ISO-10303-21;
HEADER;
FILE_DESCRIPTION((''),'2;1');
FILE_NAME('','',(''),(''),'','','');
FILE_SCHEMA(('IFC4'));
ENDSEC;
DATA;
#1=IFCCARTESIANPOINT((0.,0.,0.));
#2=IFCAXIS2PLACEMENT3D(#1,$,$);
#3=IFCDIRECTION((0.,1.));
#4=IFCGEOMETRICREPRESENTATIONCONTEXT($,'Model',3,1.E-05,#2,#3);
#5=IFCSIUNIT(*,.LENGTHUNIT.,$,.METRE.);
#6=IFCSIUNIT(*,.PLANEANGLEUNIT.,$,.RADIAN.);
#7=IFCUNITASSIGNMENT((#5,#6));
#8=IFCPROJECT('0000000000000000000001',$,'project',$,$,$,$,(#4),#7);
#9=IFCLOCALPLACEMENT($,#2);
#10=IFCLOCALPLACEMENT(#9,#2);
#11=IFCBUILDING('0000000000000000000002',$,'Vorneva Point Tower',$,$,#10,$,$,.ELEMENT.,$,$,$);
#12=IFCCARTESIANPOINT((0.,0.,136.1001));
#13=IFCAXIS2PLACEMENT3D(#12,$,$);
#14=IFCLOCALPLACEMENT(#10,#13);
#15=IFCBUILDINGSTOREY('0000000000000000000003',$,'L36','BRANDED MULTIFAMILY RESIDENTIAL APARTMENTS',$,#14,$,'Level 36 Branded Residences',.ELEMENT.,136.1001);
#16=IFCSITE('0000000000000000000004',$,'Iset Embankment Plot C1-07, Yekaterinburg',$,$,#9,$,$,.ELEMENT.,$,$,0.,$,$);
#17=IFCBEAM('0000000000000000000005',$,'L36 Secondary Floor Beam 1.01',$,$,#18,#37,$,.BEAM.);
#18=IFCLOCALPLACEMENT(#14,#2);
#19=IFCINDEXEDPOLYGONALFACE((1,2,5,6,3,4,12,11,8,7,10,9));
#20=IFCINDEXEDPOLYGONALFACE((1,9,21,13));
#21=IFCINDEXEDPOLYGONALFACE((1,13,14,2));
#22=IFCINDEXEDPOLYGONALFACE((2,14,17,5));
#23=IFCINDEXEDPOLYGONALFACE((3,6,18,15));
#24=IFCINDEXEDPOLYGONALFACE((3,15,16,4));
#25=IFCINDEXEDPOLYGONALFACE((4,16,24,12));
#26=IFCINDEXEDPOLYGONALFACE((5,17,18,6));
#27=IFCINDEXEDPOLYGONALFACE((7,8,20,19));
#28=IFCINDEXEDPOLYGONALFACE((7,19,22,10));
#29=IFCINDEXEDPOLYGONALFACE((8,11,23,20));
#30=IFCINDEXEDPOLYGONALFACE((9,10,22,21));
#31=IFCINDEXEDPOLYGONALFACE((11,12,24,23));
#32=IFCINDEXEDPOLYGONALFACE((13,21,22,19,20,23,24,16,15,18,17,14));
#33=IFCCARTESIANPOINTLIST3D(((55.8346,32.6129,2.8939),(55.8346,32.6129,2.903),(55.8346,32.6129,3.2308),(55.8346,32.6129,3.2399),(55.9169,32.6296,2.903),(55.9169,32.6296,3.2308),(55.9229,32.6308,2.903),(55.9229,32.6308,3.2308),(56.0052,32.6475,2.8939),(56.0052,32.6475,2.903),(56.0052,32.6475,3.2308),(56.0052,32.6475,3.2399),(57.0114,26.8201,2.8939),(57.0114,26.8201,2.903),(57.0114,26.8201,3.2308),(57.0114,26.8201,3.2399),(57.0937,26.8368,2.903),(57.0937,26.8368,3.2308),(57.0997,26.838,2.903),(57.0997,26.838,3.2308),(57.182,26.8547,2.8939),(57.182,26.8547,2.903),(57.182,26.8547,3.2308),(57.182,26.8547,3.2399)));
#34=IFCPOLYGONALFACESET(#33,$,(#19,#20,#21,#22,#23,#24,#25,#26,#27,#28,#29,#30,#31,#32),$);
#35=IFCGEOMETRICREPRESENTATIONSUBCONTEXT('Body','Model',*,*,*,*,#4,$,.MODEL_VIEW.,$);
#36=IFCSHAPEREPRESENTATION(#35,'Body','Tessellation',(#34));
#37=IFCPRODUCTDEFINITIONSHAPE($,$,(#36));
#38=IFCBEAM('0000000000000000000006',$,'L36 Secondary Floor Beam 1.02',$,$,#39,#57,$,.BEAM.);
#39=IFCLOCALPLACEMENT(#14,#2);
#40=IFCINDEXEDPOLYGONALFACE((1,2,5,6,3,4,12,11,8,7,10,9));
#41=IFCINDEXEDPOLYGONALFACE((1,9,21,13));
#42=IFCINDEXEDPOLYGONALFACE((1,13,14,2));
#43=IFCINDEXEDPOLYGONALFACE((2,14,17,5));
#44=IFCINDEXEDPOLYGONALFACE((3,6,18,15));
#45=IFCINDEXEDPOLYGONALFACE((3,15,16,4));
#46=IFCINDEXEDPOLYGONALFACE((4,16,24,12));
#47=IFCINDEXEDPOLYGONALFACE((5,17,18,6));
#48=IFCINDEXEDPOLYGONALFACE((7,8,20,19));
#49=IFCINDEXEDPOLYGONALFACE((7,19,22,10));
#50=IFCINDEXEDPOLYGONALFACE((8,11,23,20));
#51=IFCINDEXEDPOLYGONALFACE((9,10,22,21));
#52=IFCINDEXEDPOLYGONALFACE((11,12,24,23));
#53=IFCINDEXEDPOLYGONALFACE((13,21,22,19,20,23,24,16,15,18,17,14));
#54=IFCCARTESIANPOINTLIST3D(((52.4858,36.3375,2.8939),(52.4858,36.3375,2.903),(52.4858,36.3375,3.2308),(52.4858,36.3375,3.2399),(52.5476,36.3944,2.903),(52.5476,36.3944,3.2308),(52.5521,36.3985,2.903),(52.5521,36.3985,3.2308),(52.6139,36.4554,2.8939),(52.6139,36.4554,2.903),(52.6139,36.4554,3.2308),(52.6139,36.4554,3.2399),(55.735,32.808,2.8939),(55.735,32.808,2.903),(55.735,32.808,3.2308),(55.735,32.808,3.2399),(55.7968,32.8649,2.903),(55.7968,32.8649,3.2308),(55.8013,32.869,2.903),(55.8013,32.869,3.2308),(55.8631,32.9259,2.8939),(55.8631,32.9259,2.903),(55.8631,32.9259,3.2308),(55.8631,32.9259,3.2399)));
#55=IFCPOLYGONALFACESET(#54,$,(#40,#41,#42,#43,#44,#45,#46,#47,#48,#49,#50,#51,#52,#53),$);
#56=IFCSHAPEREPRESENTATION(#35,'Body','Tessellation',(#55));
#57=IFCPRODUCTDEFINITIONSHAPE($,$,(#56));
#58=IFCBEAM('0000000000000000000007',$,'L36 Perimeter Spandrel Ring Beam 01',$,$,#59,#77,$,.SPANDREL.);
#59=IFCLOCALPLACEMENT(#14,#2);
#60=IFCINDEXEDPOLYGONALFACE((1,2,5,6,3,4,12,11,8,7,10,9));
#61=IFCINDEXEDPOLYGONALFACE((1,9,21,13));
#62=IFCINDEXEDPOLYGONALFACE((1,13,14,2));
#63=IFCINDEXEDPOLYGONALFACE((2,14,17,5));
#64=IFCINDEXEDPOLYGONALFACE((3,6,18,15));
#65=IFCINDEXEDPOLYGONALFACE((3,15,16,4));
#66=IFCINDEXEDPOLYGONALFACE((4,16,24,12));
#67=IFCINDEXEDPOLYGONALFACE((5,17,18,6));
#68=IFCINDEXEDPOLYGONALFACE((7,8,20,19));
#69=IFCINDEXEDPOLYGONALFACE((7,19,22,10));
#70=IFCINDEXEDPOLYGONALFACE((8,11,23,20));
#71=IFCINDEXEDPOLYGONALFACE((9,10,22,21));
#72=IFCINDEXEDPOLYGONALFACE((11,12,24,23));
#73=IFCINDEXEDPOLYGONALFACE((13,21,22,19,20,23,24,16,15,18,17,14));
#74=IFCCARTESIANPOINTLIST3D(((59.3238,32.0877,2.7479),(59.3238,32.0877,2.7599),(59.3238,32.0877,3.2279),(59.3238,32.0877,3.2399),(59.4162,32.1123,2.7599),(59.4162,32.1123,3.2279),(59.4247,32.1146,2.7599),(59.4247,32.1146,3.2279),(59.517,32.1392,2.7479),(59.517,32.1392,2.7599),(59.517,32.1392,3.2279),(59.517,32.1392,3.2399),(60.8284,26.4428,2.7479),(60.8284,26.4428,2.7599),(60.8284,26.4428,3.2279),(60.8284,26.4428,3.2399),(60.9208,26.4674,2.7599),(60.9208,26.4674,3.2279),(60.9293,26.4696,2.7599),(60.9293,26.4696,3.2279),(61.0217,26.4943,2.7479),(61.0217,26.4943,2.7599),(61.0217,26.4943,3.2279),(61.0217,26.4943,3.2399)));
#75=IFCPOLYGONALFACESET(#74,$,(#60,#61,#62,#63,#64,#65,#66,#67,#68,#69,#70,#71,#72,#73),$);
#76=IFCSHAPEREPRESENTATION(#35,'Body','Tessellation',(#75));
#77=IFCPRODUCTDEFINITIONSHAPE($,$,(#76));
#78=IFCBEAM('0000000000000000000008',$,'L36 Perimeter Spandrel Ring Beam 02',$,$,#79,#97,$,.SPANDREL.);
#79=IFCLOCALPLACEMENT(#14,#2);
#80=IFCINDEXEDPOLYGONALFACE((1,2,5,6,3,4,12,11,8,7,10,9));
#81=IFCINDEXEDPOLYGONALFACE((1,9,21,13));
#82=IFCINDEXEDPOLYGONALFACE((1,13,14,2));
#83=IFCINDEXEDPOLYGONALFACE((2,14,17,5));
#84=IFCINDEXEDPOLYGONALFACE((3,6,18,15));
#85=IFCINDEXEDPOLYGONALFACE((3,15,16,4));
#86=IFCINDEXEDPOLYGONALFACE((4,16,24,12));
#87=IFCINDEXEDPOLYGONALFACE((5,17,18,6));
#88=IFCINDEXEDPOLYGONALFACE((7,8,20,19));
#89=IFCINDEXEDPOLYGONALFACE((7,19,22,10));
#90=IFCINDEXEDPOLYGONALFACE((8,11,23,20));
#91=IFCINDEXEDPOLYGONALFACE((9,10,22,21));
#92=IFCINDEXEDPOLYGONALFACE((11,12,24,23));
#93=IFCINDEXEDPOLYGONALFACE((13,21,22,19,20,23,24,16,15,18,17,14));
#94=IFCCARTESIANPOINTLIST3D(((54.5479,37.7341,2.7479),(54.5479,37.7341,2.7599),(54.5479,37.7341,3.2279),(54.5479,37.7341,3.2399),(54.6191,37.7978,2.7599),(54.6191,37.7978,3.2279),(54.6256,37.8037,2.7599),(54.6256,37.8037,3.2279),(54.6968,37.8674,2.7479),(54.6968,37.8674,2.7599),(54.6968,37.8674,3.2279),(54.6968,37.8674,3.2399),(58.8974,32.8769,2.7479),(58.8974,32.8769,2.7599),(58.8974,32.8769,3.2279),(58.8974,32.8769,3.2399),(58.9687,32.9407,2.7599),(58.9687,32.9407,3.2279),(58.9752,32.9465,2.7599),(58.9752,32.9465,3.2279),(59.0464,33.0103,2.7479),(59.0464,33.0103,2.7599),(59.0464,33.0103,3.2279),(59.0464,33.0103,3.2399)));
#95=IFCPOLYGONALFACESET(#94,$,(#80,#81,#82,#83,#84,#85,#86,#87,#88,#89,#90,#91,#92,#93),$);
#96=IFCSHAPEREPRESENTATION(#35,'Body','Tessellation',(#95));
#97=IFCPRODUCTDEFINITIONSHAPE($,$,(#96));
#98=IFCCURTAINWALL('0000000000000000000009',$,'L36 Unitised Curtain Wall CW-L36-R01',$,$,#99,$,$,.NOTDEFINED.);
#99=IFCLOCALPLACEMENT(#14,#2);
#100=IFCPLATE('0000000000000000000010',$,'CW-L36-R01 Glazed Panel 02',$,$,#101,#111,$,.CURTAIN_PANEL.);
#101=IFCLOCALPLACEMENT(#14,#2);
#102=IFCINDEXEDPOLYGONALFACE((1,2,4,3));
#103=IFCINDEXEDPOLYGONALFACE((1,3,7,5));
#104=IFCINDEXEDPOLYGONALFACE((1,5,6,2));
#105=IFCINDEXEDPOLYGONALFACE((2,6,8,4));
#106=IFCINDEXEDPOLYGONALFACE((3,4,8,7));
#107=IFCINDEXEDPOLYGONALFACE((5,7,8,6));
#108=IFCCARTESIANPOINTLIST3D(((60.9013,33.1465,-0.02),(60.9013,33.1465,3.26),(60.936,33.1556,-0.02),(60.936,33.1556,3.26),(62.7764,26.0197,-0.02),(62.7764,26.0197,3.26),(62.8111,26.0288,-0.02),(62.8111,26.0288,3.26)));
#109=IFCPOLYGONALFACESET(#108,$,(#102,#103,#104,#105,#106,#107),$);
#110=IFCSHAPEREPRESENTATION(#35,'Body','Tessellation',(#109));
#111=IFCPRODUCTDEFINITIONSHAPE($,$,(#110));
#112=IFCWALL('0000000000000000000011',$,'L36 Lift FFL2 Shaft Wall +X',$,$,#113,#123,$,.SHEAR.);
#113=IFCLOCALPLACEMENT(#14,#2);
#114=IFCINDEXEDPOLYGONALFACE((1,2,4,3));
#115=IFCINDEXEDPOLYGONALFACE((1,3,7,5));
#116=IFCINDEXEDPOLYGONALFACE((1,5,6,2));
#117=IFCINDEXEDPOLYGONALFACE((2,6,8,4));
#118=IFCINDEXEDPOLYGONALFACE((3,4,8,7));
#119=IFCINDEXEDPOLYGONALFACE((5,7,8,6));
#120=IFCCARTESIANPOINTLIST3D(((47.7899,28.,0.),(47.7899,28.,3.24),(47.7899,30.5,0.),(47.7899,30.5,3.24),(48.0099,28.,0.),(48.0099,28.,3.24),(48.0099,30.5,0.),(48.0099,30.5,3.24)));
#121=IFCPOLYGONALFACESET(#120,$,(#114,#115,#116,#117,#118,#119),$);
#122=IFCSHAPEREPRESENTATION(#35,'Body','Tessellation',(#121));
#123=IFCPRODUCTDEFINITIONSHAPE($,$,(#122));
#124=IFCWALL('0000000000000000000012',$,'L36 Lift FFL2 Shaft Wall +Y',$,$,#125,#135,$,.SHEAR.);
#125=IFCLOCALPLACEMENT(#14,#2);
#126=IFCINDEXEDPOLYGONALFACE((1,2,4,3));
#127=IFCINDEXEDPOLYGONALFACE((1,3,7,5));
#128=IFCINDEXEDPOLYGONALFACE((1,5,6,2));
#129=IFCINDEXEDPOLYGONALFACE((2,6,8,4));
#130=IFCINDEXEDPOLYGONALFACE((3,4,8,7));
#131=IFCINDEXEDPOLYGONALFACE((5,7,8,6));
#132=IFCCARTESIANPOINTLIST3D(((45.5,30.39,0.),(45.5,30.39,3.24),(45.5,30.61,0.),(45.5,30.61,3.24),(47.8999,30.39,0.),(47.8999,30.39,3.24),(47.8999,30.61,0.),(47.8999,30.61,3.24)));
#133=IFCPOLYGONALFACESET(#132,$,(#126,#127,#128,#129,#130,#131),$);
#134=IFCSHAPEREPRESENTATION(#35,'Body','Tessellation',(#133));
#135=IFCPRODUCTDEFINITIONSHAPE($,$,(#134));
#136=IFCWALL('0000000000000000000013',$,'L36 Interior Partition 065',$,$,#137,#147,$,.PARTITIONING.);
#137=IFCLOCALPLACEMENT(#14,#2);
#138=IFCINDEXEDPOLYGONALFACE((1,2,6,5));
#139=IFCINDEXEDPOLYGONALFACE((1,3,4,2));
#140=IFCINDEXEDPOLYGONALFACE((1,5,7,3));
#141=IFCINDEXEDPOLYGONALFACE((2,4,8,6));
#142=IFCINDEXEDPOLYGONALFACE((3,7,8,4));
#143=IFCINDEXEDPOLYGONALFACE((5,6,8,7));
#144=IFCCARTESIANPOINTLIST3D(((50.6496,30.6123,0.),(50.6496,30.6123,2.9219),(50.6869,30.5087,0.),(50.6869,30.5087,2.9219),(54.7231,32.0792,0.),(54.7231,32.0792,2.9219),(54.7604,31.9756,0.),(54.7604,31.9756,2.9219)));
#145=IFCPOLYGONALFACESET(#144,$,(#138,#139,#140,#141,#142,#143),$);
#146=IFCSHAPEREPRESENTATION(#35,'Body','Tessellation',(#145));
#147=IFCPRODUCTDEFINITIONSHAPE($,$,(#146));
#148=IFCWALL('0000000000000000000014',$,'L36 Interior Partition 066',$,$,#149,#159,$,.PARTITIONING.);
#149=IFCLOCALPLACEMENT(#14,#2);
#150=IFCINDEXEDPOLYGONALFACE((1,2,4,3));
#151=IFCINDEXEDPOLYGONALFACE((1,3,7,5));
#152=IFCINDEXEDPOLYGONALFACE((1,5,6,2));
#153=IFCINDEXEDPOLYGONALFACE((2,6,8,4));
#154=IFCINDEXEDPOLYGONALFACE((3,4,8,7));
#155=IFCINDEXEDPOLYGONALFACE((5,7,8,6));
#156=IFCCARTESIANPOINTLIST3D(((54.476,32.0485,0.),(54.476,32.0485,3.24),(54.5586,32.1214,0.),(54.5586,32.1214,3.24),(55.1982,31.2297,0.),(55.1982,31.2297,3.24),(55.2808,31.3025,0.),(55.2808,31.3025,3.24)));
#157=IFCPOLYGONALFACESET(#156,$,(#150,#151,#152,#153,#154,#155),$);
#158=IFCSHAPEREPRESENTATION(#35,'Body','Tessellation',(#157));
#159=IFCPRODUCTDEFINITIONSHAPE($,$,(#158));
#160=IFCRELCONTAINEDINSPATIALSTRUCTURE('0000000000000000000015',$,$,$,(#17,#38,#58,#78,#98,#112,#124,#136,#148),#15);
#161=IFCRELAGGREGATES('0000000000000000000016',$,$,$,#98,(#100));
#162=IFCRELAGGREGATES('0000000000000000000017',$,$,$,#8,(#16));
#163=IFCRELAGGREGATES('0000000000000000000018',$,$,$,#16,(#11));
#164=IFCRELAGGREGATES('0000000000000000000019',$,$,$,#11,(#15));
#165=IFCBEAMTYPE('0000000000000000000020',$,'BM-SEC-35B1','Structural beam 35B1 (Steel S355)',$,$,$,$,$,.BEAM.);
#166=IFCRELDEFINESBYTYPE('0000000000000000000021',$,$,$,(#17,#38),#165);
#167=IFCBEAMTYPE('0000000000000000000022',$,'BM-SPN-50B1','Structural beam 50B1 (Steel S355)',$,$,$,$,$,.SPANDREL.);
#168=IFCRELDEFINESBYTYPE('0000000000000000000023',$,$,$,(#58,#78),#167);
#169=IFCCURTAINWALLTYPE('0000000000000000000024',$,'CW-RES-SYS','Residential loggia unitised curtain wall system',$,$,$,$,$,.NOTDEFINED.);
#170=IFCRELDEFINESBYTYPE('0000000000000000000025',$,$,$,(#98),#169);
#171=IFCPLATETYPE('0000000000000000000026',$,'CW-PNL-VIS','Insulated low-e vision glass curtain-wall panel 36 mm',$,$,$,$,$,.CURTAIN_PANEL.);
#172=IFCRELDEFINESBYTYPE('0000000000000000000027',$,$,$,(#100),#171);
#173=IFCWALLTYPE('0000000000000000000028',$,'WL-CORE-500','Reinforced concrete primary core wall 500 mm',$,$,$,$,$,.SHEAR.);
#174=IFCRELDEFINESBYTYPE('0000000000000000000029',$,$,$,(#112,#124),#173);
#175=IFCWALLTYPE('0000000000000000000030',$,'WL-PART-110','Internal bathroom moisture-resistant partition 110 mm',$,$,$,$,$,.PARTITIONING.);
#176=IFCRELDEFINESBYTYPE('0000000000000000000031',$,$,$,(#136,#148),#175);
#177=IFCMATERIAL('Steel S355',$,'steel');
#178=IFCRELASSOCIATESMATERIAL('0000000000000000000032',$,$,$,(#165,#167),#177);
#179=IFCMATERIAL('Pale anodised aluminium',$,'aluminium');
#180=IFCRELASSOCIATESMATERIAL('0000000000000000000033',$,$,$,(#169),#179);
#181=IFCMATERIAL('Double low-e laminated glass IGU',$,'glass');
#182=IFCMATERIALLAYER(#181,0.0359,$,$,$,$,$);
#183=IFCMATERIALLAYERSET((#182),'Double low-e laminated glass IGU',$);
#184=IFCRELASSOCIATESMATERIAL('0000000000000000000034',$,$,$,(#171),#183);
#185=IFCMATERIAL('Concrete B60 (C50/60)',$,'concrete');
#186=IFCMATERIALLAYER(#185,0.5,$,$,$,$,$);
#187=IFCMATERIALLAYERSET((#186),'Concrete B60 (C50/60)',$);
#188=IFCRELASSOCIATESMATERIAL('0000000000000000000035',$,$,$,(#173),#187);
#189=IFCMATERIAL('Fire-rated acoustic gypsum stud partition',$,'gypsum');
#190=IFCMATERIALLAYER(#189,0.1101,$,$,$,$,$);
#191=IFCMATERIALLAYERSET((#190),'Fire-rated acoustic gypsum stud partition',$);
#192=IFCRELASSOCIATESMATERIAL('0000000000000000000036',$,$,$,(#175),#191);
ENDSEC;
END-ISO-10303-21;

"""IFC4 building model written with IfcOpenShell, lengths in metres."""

from ifc_helpers import new_model, si_unit, direction, frame, frame_2d, origin, origin_2d, place, context, subcontext, project, spatial, rectangle, i_section, extrude, material, layer, layer_set, material_profile, profile_set, type_object, element, aggregate, save


model = new_model("IFC4")

# Units and contexts
model_context = context("Model", 3, precision=1e-05, world=origin(), true_north=direction((0.0, 1.0)))
body_context = subcontext(model_context, "Body", "Model", "MODEL_VIEW")
ifc_project = project(units=[si_unit("LENGTHUNIT", "METRE"), si_unit("PLANEANGLEUNIT", "RADIAN")], contexts=[model_context])

# Site, building, storey
site_placement = place(None, origin())
site = spatial("IfcSite", under=ifc_project, at=site_placement, Name="Iset Embankment Plot C1-07, Yekaterinburg", CompositionType="ELEMENT", RefElevation=0.0)
building_placement = place(site_placement, origin())
building = spatial("IfcBuilding", under=site, at=building_placement, Name="Vorneva Point Tower", CompositionType="ELEMENT")
storey_placement = place(building_placement, frame((0.0, 0.0, 136.1001)))
storey = spatial("IfcBuildingStorey", under=building, at=storey_placement, Name="L36", Description="BRANDED MULTIFAMILY RESIDENTIAL APARTMENTS", LongName="Level 36 Branded Residences", CompositionType="ELEMENT", Elevation=136.1001)

# Shared definitions
ifc_material_1 = material(Name="Concrete B60 (C50/60)", Category="concrete")

# Beams
ifc_material_2 = material(Name="Steel S355", Category="steel")
ifc_material_profile_1 = material_profile(ifc_material_2, i_section(OverallWidth=0.1741, OverallDepth=0.3459, WebThickness=0.0061, FlangeThickness=0.009, at=origin_2d()), Name="35B1")
ifc_profile_set_1 = profile_set([ifc_material_profile_1], Name="Steel S355")
beam_type_1 = type_object("IfcBeamType", Name="BM-SEC-35B1", Description="Structural beam 35B1 (Steel S355)", PredefinedType="BEAM", material=ifc_profile_set_1)
beam_1_placement = place(storey_placement, frame((57.0967, 26.8374, 3.0669), z_axis=(-0.199078, 0.979984, 0.0), x_axis=(-0.979984, -0.199078, 0.0)))
element("IfcBeam", 1, at=beam_1_placement, inside=storey, type_object=beam_type_1, Name="L36 Secondary Floor Beam 1.01", PredefinedType="BEAM", context=body_context, shape_type="SweptSolid", body=[
    extrude(i_section(OverallWidth=0.1741, OverallDepth=0.3459, WebThickness=0.0061, FlangeThickness=0.009, at=origin_2d()), origin(), (0.0, 0.0, 1.0), 5.9111),
])
beam_2_placement = place(storey_placement, frame((55.7991, 32.8669, 3.0669), z_axis=(-0.677292, 0.735714, 0.0), x_axis=(-0.735714, -0.677292, 0.0)))
element("IfcBeam", 2, at=beam_2_placement, inside=storey, type_object=beam_type_1, Name="L36 Secondary Floor Beam 1.02", PredefinedType="BEAM", context=body_context, shape_type="SweptSolid", body=[
    extrude(i_section(OverallWidth=0.1741, OverallDepth=0.3459, WebThickness=0.0061, FlangeThickness=0.009, at=origin_2d()), origin(), (0.0, 0.0, 1.0), 4.7974),
])
ifc_material_profile_2 = material_profile(ifc_material_2, i_section(OverallWidth=0.2, OverallDepth=0.4919, WebThickness=0.0088, FlangeThickness=0.012, at=origin_2d()), Name="50B1")
ifc_profile_set_2 = profile_set([ifc_material_profile_2], Name="Steel S355")
beam_type_2 = type_object("IfcBeamType", Name="BM-SPN-50B1", Description="Structural beam 50B1 (Steel S355)", PredefinedType="SPANDREL", material=ifc_profile_set_2)
beam_3_placement = place(storey_placement, frame((60.925, 26.4685, 2.9939), z_axis=(-0.257551, 0.966265, 0.0), x_axis=(-0.966265, -0.257551, 0.0)))
element("IfcBeam", 3, at=beam_3_placement, inside=storey, type_object=beam_type_2, Name="L36 Perimeter Spandrel Ring Beam 01", PredefinedType="SPANDREL", context=body_context, shape_type="SweptSolid", body=[
    extrude(i_section(OverallWidth=0.2, OverallDepth=0.4919, WebThickness=0.0088, FlangeThickness=0.012, at=origin_2d()), origin(), (0.0, 0.0, 1.0), 5.842),
])
beam_4_placement = place(storey_placement, frame((58.9719, 32.9436, 2.9939), z_axis=(-0.667111, 0.744958, 0.0), x_axis=(-0.744958, -0.667111, 0.0)))
element("IfcBeam", 4, at=beam_4_placement, inside=storey, type_object=beam_type_2, Name="L36 Perimeter Spandrel Ring Beam 02", PredefinedType="SPANDREL", context=body_context, shape_type="SweptSolid", body=[
    extrude(i_section(OverallWidth=0.2, OverallDepth=0.4919, WebThickness=0.0088, FlangeThickness=0.012, at=origin_2d()), origin(), (0.0, 0.0, 1.0), 6.52),
])

# Curtain wall, plate
ifc_material_3 = material(Name="Pale anodised aluminium", Category="aluminium")
curtain_wall_type = type_object("IfcCurtainWallType", Name="CW-RES-SYS", Description="Residential loggia unitised curtain wall system", PredefinedType="NOTDEFINED", material=ifc_material_3)
curtain_wall_placement = place(storey_placement, origin())
curtain_wall = element("IfcCurtainWall", 5, at=curtain_wall_placement, inside=storey, type_object=curtain_wall_type, Name="L36 Unitised Curtain Wall CW-L36-R01", PredefinedType="NOTDEFINED")
ifc_material_4 = material(Name="Double low-e laminated glass IGU", Category="glass")
ifc_layer_1 = layer(ifc_material_4, 0.0359)
ifc_layer_set_1 = layer_set([ifc_layer_1], Name="Double low-e laminated glass IGU")
plate_type = type_object("IfcPlateType", Name="CW-PNL-VIS", Description="Insulated low-e vision glass curtain-wall panel 36 mm", PredefinedType="CURTAIN_PANEL", material=ifc_layer_set_1)
plate_placement = place(storey_placement, frame((61.8562, 29.5876, -0.02), z_axis=(0.0, 0.0, 1.0), x_axis=(-0.254433, 0.96709, 0.0)))
plate = element("IfcPlate", 6, at=plate_placement, type_object=plate_type, Name="CW-L36-R01 Glazed Panel 02", PredefinedType="CURTAIN_PANEL", context=body_context, shape_type="SweptSolid", body=[
    extrude(rectangle(XDim=7.3694, YDim=0.0359, at=origin_2d()), origin(), (0.0, 0.0, 1.0), 3.28),
])
aggregate(curtain_wall, [plate])

# Walls
ifc_layer_2 = layer(ifc_material_1, 0.5)
ifc_layer_set_2 = layer_set([ifc_layer_2], Name="Concrete B60 (C50/60)")
wall_type_1 = type_object("IfcWallType", Name="WL-CORE-500", Description="Reinforced concrete primary core wall 500 mm", PredefinedType="SHEAR", material=ifc_layer_set_2)
wall_1_placement = place(storey_placement, frame((47.8999, 28.0, 0.0), z_axis=(0.0, 0.0, 1.0), x_axis=(0.0, 1.0, 0.0)))
element("IfcWall", 7, at=wall_1_placement, inside=storey, type_object=wall_type_1, Name="L36 Lift FFL2 Shaft Wall +X", PredefinedType="SHEAR", context=body_context, shape_type="SweptSolid", body=[
    extrude(rectangle(XDim=2.5, YDim=0.22, at=frame_2d((1.25, 0.0))), origin(), (0.0, 0.0, 1.0), 3.24),
])
wall_2_placement = place(storey_placement, frame((47.8999, 30.5, 0.0), z_axis=(0.0, 0.0, 1.0), x_axis=(-1.0, 0.0, 0.0)))
element("IfcWall", 8, at=wall_2_placement, inside=storey, type_object=wall_type_1, Name="L36 Lift FFL2 Shaft Wall +Y", PredefinedType="SHEAR", context=body_context, shape_type="SweptSolid", body=[
    extrude(rectangle(XDim=2.3999, YDim=0.22, at=frame_2d((1.2, 0.0))), origin(), (0.0, 0.0, 1.0), 3.24),
])
ifc_material_5 = material(Name="Fire-rated acoustic gypsum stud partition", Category="gypsum")
ifc_layer_3 = layer(ifc_material_5, 0.1101)
ifc_layer_set_3 = layer_set([ifc_layer_3], Name="Fire-rated acoustic gypsum stud partition")
wall_type_2 = type_object("IfcWallType", Name="WL-PART-110", Description="Internal bathroom moisture-resistant partition 110 mm", PredefinedType="PARTITIONING", material=ifc_layer_set_3)
wall_3_placement = place(storey_placement, frame((50.6682, 30.5605, 0.0), z_axis=(0.0, 0.0, 1.0), x_axis=(0.940862, 0.338789, 0.0)))
element("IfcWall", 9, at=wall_3_placement, inside=storey, type_object=wall_type_2, Name="L36 Interior Partition 065", PredefinedType="PARTITIONING", context=body_context, shape_type="SweptSolid", body=[
    extrude(rectangle(XDim=4.3296, YDim=0.1101, at=frame_2d((2.1648, 0.0))), origin(), (0.0, 0.0, 1.0), 2.9219),
])
wall_4_placement = place(storey_placement, frame((54.5173, 32.085, 0.0), z_axis=(0.0, 0.0, 1.0), x_axis=(0.661444, -0.749994, 0.0)))
element("IfcWall", 10, at=wall_4_placement, inside=storey, type_object=wall_type_2, Name="L36 Interior Partition 066", PredefinedType="PARTITIONING", context=body_context, shape_type="SweptSolid", body=[
    extrude(rectangle(XDim=1.0918, YDim=0.1101, at=frame_2d((0.5459, 0.0))), origin(), (0.0, 0.0, 1.0), 3.24),
])

save(model, "model.ifc")
